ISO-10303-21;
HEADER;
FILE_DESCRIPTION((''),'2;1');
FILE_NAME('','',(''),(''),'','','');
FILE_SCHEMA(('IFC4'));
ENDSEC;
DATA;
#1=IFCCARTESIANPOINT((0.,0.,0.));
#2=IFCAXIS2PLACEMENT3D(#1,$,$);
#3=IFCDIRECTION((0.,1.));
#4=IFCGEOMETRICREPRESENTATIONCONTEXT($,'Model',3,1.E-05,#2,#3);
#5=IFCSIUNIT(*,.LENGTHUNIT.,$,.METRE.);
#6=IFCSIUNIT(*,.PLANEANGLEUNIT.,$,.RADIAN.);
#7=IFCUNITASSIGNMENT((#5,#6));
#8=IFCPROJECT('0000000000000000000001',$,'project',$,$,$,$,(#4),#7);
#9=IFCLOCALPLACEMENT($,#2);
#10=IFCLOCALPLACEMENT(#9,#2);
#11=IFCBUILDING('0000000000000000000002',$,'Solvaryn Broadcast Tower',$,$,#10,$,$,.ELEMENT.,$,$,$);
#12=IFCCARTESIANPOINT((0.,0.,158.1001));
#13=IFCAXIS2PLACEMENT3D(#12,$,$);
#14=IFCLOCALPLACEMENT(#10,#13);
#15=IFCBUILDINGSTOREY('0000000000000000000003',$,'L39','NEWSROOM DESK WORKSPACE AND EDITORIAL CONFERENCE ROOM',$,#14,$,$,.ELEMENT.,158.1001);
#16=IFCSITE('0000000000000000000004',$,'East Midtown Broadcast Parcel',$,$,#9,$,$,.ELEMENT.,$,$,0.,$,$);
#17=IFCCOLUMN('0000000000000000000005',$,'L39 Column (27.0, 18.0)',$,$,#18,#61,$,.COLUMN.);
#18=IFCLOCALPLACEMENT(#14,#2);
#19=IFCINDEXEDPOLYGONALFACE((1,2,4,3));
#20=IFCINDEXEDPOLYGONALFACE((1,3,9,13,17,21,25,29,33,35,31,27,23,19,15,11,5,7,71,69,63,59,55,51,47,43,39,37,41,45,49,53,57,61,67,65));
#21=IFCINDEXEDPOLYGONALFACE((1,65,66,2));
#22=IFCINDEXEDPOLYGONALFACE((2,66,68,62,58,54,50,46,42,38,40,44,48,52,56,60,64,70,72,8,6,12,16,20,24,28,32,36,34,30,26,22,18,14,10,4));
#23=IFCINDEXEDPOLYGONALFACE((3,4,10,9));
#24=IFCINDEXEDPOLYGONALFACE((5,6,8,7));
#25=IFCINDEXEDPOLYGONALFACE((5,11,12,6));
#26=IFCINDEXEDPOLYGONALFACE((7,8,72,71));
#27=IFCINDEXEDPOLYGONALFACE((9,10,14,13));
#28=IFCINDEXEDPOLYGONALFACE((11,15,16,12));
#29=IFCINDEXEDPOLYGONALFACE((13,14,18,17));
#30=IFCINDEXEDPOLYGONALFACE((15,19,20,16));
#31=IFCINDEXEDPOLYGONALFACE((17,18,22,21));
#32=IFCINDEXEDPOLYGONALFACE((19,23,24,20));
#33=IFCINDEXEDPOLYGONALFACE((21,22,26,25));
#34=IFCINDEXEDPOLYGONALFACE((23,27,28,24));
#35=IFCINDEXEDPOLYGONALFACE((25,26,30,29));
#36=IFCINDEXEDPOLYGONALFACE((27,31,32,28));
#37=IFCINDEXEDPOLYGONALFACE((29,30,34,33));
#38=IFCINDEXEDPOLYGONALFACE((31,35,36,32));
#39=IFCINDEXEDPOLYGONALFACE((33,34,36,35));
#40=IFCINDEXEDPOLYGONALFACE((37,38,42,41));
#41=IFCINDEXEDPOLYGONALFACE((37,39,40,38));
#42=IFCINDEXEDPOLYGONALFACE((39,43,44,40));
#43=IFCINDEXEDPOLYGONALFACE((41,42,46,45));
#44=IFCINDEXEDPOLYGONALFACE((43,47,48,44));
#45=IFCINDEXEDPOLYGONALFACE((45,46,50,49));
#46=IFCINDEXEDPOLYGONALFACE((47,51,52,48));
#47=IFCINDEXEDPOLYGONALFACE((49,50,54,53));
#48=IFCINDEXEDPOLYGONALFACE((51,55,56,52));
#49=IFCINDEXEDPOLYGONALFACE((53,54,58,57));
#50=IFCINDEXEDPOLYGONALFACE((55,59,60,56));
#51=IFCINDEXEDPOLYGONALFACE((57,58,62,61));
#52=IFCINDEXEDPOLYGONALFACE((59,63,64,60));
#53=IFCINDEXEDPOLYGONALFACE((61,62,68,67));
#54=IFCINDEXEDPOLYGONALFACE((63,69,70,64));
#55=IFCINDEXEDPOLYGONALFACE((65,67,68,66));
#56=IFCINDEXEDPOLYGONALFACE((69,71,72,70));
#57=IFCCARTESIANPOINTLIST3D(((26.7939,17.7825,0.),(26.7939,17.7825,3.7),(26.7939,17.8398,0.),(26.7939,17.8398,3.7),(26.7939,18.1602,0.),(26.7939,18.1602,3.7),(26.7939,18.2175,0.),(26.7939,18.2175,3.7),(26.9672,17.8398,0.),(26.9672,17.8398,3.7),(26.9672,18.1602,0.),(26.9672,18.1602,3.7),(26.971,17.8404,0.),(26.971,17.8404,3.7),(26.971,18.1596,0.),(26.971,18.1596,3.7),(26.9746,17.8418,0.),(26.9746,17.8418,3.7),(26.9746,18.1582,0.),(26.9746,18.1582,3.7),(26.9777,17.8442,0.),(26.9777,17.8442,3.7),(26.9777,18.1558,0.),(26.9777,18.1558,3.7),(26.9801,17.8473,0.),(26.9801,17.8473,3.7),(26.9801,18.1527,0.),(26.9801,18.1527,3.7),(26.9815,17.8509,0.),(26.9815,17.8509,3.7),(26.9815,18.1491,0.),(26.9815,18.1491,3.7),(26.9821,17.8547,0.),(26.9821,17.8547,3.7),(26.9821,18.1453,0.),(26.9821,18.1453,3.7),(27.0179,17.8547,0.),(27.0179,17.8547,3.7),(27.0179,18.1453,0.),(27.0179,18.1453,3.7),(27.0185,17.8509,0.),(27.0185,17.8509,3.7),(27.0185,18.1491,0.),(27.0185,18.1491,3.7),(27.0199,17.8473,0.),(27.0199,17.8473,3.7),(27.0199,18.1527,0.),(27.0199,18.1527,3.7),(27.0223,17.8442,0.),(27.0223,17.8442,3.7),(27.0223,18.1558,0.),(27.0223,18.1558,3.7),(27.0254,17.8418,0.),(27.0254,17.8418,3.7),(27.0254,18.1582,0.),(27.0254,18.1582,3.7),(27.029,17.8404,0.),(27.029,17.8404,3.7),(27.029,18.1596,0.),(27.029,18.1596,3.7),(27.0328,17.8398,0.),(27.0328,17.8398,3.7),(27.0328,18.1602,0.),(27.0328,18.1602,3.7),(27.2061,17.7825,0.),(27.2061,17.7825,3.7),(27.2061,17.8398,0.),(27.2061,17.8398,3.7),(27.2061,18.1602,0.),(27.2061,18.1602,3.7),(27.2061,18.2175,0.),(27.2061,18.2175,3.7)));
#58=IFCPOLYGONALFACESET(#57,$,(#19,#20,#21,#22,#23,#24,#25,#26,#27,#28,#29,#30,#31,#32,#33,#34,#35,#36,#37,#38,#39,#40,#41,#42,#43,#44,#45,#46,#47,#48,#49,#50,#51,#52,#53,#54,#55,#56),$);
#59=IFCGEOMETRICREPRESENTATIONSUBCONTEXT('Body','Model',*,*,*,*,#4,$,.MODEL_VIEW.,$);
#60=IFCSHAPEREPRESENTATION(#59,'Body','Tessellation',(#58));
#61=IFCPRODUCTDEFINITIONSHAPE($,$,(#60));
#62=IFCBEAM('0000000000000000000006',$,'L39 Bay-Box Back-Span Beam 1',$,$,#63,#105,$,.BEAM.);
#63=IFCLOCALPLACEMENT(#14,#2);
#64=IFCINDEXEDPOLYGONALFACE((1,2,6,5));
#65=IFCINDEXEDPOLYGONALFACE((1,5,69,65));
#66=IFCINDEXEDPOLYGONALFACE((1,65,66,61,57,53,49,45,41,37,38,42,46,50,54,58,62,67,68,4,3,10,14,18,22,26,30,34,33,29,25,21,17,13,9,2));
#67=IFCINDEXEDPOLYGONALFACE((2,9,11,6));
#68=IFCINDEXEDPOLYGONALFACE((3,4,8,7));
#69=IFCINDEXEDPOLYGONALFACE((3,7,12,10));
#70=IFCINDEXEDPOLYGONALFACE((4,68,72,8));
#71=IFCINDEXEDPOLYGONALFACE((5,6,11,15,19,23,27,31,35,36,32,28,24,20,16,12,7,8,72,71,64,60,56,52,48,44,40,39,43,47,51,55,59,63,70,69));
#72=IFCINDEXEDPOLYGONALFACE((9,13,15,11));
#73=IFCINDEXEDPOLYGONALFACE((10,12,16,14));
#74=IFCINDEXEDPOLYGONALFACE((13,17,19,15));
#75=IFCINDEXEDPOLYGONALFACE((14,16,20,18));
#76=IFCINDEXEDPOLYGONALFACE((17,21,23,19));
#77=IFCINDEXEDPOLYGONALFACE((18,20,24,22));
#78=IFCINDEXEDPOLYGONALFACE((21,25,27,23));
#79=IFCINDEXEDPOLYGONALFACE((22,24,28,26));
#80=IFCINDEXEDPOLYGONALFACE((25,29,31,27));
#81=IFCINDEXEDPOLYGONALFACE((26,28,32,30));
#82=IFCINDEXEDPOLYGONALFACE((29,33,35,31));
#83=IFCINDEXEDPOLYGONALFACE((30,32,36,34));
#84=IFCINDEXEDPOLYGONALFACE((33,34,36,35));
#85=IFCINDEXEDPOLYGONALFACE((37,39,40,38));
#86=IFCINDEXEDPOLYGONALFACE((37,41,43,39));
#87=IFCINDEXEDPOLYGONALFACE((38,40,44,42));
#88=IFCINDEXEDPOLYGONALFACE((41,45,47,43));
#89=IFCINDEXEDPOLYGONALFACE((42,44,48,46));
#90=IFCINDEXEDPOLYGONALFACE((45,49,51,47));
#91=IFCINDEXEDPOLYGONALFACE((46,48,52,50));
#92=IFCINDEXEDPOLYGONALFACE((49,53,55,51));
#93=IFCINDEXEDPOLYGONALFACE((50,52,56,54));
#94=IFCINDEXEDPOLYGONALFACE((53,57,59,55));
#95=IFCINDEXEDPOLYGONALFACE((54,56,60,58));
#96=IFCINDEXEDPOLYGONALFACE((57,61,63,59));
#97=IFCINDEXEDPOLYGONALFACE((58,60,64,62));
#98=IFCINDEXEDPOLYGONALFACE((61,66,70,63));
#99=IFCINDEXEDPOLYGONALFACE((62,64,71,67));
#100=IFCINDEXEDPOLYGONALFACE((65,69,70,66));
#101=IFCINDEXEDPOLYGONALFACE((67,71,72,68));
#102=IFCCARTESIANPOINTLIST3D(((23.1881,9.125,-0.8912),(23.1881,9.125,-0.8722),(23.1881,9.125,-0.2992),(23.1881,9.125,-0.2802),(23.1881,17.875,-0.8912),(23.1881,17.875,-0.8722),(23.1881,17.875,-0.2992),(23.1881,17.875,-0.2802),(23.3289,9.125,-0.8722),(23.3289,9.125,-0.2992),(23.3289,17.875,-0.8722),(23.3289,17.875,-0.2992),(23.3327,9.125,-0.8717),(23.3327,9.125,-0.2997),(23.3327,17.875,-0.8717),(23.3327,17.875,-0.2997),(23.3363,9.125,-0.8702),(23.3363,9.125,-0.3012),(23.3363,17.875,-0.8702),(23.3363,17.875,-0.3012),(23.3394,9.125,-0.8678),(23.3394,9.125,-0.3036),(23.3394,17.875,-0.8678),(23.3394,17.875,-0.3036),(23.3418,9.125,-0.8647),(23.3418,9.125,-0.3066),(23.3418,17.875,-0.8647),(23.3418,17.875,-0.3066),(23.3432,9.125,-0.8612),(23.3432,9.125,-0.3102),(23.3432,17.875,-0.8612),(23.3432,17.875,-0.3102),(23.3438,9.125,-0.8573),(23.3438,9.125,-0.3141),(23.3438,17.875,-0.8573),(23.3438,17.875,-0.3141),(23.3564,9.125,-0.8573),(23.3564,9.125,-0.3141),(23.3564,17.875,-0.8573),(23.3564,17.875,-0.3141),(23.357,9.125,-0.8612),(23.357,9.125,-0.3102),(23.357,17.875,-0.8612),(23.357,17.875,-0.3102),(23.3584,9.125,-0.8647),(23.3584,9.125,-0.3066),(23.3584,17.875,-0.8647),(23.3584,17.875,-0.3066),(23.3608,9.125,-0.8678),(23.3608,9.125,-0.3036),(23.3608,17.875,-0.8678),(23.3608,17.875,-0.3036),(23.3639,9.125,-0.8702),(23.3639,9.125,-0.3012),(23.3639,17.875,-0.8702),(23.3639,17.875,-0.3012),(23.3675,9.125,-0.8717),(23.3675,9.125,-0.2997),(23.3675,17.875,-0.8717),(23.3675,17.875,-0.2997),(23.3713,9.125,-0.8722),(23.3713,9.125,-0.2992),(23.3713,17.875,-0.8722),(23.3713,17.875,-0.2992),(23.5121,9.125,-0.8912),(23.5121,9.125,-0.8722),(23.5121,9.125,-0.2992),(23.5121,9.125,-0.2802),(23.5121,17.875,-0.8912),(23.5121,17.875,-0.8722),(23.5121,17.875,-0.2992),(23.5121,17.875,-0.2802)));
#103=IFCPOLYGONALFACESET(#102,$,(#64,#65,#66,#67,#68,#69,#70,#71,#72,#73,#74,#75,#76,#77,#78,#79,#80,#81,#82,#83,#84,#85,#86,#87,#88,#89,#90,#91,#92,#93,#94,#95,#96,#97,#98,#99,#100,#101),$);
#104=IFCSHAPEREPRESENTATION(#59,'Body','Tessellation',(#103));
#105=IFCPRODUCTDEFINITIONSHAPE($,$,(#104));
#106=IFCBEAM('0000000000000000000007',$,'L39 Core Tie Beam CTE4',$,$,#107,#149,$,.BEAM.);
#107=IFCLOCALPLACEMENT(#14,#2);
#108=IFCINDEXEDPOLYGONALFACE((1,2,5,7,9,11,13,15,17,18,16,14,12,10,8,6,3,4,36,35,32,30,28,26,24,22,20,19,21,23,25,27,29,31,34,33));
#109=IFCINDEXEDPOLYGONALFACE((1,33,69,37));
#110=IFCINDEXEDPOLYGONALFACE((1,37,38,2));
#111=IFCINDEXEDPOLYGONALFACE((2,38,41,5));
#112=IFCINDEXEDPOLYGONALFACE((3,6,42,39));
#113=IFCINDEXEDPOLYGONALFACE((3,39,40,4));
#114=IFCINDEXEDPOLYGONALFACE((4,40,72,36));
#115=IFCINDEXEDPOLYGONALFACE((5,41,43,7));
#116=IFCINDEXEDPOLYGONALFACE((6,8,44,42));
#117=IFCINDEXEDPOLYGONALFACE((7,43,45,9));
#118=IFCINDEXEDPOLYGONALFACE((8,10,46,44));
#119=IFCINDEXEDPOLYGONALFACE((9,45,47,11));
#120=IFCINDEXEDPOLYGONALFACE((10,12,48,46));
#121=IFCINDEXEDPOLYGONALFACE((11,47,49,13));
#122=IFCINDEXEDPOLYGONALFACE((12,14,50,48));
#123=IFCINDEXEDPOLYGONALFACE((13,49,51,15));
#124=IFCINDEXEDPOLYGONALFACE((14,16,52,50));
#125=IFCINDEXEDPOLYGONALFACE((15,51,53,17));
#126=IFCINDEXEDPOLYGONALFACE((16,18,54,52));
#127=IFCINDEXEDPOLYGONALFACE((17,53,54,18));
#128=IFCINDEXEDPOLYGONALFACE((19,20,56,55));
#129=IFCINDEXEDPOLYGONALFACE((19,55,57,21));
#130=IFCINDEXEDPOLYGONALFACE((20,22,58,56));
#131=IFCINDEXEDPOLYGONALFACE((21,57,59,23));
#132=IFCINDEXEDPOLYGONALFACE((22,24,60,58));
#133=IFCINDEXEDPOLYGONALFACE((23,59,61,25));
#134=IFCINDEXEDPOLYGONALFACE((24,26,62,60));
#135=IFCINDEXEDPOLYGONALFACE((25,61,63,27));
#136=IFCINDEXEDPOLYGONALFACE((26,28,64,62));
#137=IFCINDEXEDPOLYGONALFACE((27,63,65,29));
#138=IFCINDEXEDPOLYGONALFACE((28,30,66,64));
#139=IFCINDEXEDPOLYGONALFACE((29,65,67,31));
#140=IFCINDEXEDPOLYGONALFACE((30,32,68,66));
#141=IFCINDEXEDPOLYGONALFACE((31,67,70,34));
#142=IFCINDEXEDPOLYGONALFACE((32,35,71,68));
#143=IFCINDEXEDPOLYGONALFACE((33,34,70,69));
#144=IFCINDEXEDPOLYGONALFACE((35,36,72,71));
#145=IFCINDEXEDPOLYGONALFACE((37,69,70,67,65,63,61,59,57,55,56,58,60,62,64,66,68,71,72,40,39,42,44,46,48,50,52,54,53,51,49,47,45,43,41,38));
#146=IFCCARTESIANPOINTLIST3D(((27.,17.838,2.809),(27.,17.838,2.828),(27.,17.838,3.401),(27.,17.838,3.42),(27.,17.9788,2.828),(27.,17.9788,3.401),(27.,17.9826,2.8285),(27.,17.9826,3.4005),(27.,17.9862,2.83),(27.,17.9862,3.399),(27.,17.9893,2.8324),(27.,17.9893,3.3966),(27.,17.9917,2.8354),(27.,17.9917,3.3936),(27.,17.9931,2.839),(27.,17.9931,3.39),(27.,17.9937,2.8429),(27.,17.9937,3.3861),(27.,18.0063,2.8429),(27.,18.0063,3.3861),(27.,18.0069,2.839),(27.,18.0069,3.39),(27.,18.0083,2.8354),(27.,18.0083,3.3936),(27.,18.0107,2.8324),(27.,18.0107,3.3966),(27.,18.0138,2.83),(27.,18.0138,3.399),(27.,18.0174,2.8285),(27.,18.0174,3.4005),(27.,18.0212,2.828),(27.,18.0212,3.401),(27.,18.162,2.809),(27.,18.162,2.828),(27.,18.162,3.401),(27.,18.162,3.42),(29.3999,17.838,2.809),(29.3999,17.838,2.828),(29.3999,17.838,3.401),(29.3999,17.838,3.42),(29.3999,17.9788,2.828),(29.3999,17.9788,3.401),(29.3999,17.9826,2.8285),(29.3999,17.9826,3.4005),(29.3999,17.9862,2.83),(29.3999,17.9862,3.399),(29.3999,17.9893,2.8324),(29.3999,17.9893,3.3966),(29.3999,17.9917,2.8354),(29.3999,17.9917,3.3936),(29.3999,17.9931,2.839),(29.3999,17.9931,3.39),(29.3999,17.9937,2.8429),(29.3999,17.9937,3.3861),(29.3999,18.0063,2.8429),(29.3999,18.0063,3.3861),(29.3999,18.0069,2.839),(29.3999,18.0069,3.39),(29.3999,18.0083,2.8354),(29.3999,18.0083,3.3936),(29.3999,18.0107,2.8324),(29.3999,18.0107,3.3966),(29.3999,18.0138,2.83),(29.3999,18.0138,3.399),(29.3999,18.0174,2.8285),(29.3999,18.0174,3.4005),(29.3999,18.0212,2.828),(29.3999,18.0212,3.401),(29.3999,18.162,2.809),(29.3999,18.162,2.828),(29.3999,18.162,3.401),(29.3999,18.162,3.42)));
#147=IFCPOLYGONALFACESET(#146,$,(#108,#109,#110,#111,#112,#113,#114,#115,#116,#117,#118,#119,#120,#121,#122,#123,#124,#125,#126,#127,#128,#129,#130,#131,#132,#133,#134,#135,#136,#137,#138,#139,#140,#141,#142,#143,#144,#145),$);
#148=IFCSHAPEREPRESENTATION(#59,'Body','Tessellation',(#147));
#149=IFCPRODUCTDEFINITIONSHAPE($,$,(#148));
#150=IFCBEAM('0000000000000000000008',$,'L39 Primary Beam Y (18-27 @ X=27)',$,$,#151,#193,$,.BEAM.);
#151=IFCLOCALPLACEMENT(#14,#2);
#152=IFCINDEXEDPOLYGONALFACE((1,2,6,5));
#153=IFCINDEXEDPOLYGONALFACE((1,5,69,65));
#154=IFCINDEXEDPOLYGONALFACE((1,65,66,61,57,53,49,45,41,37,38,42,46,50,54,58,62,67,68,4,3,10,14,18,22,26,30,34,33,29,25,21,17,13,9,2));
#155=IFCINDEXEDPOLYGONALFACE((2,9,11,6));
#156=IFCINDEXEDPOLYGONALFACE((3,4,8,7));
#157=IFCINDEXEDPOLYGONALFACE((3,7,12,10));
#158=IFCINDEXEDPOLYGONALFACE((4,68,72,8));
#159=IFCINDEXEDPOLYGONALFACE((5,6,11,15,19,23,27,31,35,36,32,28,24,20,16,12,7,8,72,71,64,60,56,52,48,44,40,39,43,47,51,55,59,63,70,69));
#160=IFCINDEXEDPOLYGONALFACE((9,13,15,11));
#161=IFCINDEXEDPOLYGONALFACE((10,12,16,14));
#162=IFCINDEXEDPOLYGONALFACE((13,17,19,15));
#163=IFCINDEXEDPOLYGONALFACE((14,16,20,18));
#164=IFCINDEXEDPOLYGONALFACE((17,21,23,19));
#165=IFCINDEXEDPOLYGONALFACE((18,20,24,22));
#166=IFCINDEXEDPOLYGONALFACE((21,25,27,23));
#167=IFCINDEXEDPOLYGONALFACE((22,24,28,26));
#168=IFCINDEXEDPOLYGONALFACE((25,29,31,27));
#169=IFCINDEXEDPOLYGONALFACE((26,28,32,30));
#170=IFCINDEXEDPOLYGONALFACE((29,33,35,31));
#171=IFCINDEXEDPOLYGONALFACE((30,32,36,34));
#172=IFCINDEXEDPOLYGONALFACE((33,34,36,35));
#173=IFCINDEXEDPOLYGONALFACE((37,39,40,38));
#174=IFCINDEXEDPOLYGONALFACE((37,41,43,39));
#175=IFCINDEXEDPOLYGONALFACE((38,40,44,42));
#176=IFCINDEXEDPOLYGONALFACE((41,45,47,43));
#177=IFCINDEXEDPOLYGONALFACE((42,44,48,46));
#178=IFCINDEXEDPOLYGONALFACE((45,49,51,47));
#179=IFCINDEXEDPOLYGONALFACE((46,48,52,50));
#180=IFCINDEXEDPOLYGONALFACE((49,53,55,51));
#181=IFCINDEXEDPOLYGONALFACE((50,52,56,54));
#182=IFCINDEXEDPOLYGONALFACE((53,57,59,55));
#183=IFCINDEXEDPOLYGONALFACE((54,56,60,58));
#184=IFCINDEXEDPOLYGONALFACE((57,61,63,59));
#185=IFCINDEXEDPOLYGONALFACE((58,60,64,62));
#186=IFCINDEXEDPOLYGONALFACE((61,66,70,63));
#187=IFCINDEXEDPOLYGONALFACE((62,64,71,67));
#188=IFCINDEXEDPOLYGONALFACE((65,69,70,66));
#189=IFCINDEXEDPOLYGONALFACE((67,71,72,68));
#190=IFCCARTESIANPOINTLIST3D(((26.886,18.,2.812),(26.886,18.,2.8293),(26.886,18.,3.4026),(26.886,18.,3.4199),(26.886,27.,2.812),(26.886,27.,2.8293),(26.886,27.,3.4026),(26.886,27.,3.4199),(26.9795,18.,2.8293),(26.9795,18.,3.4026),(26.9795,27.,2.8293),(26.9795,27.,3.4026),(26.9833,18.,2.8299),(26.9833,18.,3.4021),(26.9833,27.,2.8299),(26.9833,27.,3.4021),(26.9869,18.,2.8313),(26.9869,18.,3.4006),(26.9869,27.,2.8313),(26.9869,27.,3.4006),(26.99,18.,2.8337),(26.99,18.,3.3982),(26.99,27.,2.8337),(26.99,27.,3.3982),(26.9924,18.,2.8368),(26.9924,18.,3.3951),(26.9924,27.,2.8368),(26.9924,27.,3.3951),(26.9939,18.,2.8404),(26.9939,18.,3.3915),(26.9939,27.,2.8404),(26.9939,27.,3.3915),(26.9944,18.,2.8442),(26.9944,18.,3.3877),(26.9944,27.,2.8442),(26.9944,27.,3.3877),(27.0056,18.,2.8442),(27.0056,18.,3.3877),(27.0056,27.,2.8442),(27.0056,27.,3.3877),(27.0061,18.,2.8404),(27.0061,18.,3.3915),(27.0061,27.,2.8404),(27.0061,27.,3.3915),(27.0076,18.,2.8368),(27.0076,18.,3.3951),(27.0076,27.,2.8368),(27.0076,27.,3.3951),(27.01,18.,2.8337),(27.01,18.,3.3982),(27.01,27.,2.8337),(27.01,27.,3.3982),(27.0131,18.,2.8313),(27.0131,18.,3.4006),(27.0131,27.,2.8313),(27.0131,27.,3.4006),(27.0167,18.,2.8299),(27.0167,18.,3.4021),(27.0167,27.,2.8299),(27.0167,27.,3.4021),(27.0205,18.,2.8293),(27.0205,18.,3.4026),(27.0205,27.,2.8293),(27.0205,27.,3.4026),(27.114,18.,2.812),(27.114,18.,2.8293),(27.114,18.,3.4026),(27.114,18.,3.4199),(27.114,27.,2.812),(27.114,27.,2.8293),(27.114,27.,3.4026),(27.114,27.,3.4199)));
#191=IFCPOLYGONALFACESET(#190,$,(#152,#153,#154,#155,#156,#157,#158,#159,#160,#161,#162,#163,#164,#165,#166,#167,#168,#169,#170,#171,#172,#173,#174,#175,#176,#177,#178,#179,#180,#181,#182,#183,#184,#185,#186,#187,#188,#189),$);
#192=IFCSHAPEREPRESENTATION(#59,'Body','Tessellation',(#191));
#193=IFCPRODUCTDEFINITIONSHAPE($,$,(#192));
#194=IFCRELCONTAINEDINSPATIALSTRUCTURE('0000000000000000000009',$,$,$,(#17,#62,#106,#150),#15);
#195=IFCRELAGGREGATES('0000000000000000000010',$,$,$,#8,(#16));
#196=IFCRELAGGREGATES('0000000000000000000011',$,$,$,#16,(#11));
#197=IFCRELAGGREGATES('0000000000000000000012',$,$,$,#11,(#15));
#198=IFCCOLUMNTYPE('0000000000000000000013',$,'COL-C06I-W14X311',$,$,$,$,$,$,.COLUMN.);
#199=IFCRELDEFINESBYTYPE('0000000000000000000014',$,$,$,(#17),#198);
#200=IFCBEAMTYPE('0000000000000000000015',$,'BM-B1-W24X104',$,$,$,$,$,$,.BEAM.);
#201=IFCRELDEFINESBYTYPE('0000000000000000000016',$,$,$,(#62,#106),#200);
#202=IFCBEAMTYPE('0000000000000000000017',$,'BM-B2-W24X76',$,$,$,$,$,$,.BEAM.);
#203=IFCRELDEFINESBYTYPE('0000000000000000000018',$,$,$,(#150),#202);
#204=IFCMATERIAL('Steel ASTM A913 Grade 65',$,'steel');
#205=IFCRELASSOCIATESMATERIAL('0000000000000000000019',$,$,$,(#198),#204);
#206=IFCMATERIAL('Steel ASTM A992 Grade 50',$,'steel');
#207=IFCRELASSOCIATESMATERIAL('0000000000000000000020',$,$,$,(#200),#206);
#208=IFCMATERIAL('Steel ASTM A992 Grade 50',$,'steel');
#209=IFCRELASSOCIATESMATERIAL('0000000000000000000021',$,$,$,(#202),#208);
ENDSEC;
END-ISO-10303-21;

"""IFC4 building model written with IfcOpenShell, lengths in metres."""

from ifc_helpers import new_model, si_unit, direction, frame, origin, origin_2d, place, context, subcontext, project, spatial, i_section, extrude, material, material_profile, profile_set, type_object, element, save


model = new_model("IFC4")

# Units and contexts
model_context = context("Model", 3, precision=1e-05, world=origin(), true_north=direction((0.0, 1.0)))
body_context = subcontext(model_context, "Body", "Model", "MODEL_VIEW")
ifc_project = project(units=[si_unit("LENGTHUNIT", "METRE"), si_unit("PLANEANGLEUNIT", "RADIAN")], contexts=[model_context])

# Site, building, storey
site_placement = place(None, origin())
site = spatial("IfcSite", under=ifc_project, at=site_placement, Name="East Midtown Broadcast Parcel", CompositionType="ELEMENT", RefElevation=0.0)
building_placement = place(site_placement, origin())
building = spatial("IfcBuilding", under=site, at=building_placement, Name="Solvaryn Broadcast Tower", CompositionType="ELEMENT")
storey_placement = place(building_placement, frame((0.0, 0.0, 158.1001)))
storey = spatial("IfcBuildingStorey", under=building, at=storey_placement, Name="L39", Description="NEWSROOM DESK WORKSPACE AND EDITORIAL CONFERENCE ROOM", CompositionType="ELEMENT", Elevation=158.1001)

# Column
ifc_material_1 = material(Name="Steel ASTM A913 Grade 65", Category="steel")
ifc_material_profile_1 = material_profile(ifc_material_1, i_section(OverallWidth=0.4121, OverallDepth=0.4351, WebThickness=0.0359, FlangeThickness=0.0574, FilletRadius=0.0149, at=origin_2d()))
ifc_profile_set_1 = profile_set([ifc_material_profile_1], Name="Steel ASTM A913 Grade 65")
column_type = type_object("IfcColumnType", Name="COL-C06I-W14X311", PredefinedType="COLUMN", material=ifc_profile_set_1)
column_placement = place(storey_placement, frame((27.0, 18.0, 0.0), z_axis=(0.0, 0.0, 1.0), x_axis=(1.0, 0.0, 0.0)))
element("IfcColumn", 1, at=column_placement, inside=storey, type_object=column_type, Name="L39 Column (27.0, 18.0)", PredefinedType="COLUMN", context=body_context, shape_type="SweptSolid", body=[
    extrude(i_section(OverallWidth=0.4121, OverallDepth=0.4351, WebThickness=0.0359, FlangeThickness=0.0574, FilletRadius=0.0149, at=origin_2d()), origin(), (0.0, 0.0, 1.0), 3.7),
])

# Beams
ifc_material_2 = material(Name="Steel ASTM A992 Grade 50", Category="steel")
ifc_material_profile_2 = material_profile(ifc_material_2, i_section(OverallWidth=0.324, OverallDepth=0.6111, WebThickness=0.0127, FlangeThickness=0.019, FilletRadius=0.0149, at=origin_2d()))
ifc_profile_set_2 = profile_set([ifc_material_profile_2], Name="Steel ASTM A992 Grade 50")
beam_type_1 = type_object("IfcBeamType", Name="BM-B1-W24X104", PredefinedType="BEAM", material=ifc_profile_set_2)
beam_1_placement = place(storey_placement, frame((23.3501, 17.875, -0.5857), z_axis=(0.0, -1.0, 0.0), x_axis=(1.0, 0.0, 0.0)))
element("IfcBeam", 2, at=beam_1_placement, inside=storey, type_object=beam_type_1, Name="L39 Bay-Box Back-Span Beam 1", PredefinedType="BEAM", context=body_context, shape_type="SweptSolid", body=[
    extrude(i_section(OverallWidth=0.324, OverallDepth=0.6111, WebThickness=0.0127, FlangeThickness=0.019, FilletRadius=0.0149, at=origin_2d()), origin(), (0.0, 0.0, 1.0), 8.75),
])
beam_2_placement = place(storey_placement, frame((27.0, 18.0, 3.1145), z_axis=(1.0, 0.0, 0.0), x_axis=(0.0, 1.0, 0.0)))
element("IfcBeam", 3, at=beam_2_placement, inside=storey, type_object=beam_type_1, Name="L39 Core Tie Beam CTE4", PredefinedType="BEAM", context=body_context, shape_type="SweptSolid", body=[
    extrude(i_section(OverallWidth=0.324, OverallDepth=0.6111, WebThickness=0.0127, FlangeThickness=0.019, FilletRadius=0.0149, at=origin_2d()), origin(), (0.0, 0.0, 1.0), 2.3999),
])
ifc_material_3 = material(Name="Steel ASTM A992 Grade 50", Category="steel")
ifc_material_profile_3 = material_profile(ifc_material_3, i_section(OverallWidth=0.228, OverallDepth=0.6079, WebThickness=0.0112, FlangeThickness=0.0173, FilletRadius=0.0149, at=origin_2d()))
ifc_profile_set_3 = profile_set([ifc_material_profile_3], Name="Steel ASTM A992 Grade 50")
beam_type_2 = type_object("IfcBeamType", Name="BM-B2-W24X76", PredefinedType="BEAM", material=ifc_profile_set_3)
beam_3_placement = place(storey_placement, frame((27.0, 18.0, 3.116), z_axis=(0.0, 1.0, 0.0), x_axis=(-1.0, 0.0, 0.0)))
element("IfcBeam", 4, at=beam_3_placement, inside=storey, type_object=beam_type_2, Name="L39 Primary Beam Y (18-27 @ X=27)", PredefinedType="BEAM", context=body_context, shape_type="SweptSolid", body=[
    extrude(i_section(OverallWidth=0.228, OverallDepth=0.6079, WebThickness=0.0112, FlangeThickness=0.0173, FilletRadius=0.0149, at=origin_2d()), origin(), (0.0, 0.0, 1.0), 9.0),
])

save(model, "model.ifc")
